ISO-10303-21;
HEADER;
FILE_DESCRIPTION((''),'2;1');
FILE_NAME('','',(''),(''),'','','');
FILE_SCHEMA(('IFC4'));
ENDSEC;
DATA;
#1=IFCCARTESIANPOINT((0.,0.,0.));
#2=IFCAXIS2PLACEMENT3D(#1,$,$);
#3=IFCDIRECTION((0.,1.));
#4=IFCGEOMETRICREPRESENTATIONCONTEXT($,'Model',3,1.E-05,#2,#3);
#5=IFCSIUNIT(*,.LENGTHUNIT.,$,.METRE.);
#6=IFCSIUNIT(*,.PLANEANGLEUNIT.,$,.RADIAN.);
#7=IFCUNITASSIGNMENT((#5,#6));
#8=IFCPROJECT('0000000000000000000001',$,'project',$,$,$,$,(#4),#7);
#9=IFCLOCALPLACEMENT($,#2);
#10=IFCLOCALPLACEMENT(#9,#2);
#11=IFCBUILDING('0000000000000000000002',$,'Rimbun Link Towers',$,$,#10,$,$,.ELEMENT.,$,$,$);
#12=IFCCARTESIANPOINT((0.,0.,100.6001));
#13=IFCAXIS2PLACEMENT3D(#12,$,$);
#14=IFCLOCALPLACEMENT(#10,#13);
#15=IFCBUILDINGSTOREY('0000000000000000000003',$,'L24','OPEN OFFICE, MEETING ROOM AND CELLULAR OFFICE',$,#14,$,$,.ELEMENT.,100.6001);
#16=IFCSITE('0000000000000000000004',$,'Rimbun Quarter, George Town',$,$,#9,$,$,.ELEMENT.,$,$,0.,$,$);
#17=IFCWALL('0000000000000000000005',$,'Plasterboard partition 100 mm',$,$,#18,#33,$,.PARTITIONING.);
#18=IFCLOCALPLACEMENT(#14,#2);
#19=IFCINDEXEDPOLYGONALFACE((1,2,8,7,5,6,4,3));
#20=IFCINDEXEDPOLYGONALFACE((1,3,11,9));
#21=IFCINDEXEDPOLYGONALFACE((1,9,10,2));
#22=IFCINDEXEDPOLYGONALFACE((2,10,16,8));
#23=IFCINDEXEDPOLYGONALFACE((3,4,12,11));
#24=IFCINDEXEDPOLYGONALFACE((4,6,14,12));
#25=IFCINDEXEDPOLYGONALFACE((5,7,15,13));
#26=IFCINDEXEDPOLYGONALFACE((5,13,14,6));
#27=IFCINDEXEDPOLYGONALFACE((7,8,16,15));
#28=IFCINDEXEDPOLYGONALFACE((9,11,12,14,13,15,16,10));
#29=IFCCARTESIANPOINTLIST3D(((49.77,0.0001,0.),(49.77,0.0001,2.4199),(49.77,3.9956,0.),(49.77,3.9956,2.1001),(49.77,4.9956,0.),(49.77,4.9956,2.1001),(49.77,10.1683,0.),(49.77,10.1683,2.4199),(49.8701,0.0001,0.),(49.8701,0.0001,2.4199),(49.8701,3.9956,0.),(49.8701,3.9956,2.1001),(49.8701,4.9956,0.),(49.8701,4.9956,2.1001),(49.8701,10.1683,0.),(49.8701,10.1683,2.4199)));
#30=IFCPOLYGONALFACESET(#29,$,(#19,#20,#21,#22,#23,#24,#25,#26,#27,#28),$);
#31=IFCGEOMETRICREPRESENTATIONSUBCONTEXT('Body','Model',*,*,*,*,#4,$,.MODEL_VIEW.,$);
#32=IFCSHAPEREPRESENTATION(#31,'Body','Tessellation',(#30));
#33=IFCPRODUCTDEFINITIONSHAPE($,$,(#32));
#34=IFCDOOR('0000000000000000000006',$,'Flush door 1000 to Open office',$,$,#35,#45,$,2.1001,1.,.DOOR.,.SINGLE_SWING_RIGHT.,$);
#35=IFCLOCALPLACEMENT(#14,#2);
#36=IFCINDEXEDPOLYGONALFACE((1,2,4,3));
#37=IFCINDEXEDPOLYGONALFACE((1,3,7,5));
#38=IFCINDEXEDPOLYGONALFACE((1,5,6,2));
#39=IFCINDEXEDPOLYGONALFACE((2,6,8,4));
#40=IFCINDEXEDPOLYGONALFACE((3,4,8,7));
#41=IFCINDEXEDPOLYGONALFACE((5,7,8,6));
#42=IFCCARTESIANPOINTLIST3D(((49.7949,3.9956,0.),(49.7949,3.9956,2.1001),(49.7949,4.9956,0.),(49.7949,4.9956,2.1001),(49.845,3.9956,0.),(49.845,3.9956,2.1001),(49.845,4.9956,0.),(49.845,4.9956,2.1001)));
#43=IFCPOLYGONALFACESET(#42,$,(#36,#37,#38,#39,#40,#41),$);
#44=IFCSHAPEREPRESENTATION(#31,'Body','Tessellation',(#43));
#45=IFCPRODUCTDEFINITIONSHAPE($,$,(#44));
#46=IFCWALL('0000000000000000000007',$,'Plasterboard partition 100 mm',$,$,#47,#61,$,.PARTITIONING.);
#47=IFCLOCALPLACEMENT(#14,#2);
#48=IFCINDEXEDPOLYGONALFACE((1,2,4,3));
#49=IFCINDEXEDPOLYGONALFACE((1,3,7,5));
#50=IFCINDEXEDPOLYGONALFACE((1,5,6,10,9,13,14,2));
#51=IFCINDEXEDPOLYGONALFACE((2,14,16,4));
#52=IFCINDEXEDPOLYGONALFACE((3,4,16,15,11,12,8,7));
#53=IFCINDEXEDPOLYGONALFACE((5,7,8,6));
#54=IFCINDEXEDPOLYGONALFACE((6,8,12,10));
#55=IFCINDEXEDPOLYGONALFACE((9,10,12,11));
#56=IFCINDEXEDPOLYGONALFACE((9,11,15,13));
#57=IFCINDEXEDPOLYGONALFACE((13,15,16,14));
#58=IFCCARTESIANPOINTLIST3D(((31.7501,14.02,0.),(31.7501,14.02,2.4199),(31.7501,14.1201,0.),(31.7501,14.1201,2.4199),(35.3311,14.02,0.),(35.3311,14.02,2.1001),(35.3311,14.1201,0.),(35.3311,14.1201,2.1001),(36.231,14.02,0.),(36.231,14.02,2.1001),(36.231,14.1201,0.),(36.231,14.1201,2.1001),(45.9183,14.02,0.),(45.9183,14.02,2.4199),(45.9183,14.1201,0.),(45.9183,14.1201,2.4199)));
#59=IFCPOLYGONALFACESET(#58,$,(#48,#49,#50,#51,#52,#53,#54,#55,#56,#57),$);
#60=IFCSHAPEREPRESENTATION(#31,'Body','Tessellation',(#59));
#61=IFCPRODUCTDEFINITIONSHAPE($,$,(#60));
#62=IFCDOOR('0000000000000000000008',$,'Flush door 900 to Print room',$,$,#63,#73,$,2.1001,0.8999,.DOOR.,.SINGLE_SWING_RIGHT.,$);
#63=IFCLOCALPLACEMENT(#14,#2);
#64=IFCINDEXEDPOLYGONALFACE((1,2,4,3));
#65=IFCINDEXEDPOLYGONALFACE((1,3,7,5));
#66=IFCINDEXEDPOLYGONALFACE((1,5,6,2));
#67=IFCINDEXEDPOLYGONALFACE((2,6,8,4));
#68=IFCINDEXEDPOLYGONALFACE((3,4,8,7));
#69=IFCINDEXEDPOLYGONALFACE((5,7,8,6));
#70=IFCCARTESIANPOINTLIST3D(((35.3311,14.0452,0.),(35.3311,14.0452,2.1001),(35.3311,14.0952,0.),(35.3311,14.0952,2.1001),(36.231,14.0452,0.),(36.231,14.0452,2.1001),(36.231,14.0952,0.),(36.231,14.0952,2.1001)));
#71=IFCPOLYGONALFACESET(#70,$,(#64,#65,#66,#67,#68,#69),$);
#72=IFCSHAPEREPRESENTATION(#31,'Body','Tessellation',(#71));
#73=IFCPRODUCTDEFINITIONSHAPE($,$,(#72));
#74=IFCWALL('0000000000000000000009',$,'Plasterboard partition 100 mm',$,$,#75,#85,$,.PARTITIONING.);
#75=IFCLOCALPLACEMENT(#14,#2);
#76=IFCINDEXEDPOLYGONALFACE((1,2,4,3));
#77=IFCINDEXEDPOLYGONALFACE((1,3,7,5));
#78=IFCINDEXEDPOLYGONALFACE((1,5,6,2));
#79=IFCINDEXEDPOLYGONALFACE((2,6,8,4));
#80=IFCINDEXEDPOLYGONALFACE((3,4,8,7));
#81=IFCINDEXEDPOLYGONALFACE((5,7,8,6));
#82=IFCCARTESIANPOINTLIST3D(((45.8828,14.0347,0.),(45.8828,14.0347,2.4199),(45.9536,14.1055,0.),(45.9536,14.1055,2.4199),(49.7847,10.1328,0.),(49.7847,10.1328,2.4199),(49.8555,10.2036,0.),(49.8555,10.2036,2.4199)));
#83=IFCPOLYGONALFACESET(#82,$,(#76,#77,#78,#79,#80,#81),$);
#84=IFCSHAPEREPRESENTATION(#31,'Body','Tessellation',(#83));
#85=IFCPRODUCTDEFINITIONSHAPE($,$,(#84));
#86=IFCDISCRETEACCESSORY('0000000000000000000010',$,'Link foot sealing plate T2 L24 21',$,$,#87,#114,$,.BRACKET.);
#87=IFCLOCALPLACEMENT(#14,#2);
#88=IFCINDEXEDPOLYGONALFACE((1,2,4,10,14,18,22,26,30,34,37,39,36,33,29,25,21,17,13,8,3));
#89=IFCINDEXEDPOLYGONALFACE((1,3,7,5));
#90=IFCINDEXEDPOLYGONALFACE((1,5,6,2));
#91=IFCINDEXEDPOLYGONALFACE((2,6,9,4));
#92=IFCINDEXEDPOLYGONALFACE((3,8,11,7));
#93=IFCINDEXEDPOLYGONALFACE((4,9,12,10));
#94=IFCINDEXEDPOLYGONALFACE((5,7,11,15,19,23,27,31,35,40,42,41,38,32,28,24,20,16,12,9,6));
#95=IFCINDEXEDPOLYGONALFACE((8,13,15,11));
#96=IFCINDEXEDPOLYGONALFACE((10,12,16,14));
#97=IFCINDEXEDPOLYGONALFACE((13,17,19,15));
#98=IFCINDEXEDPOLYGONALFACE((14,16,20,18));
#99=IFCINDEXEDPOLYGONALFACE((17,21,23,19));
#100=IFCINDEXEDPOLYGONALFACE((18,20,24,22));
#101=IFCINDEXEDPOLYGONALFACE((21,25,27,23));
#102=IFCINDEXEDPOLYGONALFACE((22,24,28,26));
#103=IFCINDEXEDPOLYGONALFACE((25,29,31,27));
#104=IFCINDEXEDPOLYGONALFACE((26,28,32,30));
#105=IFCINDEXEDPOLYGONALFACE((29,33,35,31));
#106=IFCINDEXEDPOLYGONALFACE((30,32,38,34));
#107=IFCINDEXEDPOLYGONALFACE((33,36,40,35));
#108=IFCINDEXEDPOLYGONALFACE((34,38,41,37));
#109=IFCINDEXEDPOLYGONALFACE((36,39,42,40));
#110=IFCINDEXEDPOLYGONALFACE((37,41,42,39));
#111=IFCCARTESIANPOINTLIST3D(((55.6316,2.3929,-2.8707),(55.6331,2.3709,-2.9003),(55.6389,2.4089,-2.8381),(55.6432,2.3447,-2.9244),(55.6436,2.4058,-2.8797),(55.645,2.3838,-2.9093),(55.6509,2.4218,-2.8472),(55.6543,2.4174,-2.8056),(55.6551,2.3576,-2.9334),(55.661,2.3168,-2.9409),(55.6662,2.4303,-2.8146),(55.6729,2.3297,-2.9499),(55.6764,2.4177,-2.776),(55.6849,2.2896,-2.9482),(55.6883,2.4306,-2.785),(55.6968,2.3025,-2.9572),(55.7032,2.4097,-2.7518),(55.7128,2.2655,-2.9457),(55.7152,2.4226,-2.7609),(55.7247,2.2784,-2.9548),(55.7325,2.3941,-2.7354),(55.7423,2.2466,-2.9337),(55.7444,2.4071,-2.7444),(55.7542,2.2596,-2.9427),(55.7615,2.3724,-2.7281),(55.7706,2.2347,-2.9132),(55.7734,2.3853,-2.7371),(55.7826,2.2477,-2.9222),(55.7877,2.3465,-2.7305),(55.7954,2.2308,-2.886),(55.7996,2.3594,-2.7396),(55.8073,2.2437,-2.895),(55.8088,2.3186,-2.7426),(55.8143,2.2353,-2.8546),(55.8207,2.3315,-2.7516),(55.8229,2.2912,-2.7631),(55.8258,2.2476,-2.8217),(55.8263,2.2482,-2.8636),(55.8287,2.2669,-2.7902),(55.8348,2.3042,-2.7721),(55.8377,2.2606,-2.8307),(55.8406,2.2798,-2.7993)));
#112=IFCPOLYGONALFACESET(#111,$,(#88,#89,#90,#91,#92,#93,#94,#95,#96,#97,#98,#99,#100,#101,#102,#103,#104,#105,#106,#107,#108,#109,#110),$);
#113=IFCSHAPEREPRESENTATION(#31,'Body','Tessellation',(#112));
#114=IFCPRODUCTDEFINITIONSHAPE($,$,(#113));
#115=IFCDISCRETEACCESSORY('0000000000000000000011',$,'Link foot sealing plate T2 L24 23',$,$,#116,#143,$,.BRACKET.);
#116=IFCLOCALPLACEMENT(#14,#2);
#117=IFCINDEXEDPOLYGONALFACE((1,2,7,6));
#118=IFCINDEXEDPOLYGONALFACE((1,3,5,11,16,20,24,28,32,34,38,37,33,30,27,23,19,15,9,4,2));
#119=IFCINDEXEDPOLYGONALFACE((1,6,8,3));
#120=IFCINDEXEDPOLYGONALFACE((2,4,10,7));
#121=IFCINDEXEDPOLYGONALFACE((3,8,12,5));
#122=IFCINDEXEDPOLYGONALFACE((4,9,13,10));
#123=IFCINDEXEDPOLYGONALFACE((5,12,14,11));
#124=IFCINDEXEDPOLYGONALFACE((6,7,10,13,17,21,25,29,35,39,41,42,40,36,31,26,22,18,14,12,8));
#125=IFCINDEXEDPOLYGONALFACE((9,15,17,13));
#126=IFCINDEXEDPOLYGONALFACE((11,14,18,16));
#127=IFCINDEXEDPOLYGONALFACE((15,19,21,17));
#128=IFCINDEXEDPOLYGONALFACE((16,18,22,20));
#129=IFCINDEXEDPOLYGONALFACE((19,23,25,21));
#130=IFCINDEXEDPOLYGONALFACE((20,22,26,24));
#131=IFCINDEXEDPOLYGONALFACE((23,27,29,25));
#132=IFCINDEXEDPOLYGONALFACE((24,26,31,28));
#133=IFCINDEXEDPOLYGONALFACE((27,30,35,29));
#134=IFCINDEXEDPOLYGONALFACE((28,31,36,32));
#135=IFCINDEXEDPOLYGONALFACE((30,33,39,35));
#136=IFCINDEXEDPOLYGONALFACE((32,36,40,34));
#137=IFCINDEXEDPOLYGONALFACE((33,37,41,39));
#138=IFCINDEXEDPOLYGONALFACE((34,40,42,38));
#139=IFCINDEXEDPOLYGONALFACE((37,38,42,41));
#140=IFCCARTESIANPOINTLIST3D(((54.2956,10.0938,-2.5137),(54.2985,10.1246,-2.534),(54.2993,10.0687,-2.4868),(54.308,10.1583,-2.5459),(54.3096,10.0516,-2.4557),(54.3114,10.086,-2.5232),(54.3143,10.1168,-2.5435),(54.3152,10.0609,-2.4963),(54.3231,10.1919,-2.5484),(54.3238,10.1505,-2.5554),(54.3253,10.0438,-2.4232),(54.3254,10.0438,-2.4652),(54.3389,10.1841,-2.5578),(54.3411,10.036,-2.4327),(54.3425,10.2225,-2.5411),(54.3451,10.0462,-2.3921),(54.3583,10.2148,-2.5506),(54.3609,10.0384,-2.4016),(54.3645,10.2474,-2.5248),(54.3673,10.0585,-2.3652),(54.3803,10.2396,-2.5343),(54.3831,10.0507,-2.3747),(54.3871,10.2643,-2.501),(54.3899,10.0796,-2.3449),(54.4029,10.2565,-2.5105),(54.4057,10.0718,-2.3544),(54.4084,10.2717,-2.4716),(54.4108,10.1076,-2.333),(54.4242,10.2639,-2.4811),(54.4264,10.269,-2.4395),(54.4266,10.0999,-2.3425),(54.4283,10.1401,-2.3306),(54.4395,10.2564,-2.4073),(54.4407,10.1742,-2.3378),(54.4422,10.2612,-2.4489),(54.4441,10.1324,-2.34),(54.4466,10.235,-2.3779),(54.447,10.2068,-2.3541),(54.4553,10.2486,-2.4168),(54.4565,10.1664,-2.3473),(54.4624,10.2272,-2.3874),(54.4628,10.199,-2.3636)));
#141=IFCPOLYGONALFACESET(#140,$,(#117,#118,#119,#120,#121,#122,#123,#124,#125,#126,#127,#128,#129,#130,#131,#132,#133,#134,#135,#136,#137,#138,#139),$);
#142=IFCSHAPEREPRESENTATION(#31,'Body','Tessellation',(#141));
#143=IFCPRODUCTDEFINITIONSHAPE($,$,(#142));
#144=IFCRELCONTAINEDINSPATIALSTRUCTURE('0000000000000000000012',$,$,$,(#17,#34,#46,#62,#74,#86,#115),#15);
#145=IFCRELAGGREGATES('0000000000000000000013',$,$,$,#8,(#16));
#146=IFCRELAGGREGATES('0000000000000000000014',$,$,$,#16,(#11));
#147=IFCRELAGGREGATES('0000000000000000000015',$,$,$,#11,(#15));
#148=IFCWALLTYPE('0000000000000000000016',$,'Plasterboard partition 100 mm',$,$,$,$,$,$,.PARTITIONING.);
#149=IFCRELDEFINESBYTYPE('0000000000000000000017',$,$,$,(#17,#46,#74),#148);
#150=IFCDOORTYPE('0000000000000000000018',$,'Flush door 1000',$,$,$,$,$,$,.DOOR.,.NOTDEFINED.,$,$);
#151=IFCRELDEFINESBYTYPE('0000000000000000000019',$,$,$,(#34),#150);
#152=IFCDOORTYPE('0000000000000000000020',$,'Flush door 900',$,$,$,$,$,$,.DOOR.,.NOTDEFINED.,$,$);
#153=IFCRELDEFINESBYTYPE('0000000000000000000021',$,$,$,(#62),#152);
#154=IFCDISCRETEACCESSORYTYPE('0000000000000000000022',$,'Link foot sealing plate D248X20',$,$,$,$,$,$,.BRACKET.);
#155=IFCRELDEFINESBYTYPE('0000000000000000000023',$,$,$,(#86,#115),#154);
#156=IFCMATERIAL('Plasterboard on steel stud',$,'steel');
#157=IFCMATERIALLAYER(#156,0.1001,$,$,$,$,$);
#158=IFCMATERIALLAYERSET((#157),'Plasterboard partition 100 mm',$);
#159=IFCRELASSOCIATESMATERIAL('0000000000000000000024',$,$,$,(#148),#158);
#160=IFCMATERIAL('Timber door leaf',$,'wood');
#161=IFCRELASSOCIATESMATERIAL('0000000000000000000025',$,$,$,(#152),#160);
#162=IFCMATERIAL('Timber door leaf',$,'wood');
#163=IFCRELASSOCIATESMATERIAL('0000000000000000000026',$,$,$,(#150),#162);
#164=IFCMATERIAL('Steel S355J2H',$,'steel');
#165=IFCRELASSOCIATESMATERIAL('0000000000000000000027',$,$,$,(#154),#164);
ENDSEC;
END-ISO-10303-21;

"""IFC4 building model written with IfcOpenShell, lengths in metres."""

from ifc_helpers import new_model, si_unit, direction, frame, frame_2d, origin, origin_2d, place, context, subcontext, project, spatial, rectangle, circle, extrude, material, layer, layer_set, material_profile, profile_set, type_object, element, fill, save


model = new_model("IFC4")

# Units and contexts
model_context = context("Model", 3, precision=1e-05, world=origin(), true_north=direction((0.0, 1.0)))
body_context = subcontext(model_context, "Body", "Model", "MODEL_VIEW")
ifc_project = project(units=[si_unit("LENGTHUNIT", "METRE"), si_unit("PLANEANGLEUNIT", "RADIAN")], contexts=[model_context])

# Site, building, storey
site_placement = place(None, origin())
site = spatial("IfcSite", under=ifc_project, at=site_placement, Name="Rimbun Quarter, George Town", CompositionType="ELEMENT", RefElevation=0.0)
building_placement = place(site_placement, origin())
building = spatial("IfcBuilding", under=site, at=building_placement, Name="Rimbun Link Towers", CompositionType="ELEMENT")
storey_placement = place(building_placement, frame((0.0, 0.0, 100.6001)))
storey = spatial("IfcBuildingStorey", under=building, at=storey_placement, Name="L24", Description="OPEN OFFICE, MEETING ROOM AND CELLULAR OFFICE", CompositionType="ELEMENT", Elevation=100.6001)

# Walls, openings, doors
ifc_material_1 = material(Name="Plasterboard on steel stud", Category="steel")
ifc_layer_1 = layer(ifc_material_1, 0.1001)
ifc_layer_set_1 = layer_set([ifc_layer_1], Name="Plasterboard partition 100 mm")
wall_type_1 = type_object("IfcWallType", Name="Plasterboard partition 100 mm", PredefinedType="PARTITIONING", material=ifc_layer_set_1)
ifc_material_2 = material(Name="Timber door leaf", Category="wood")
door_type_1 = type_object("IfcDoorType", Name="Flush door 900", OperationType="NOTDEFINED", PredefinedType="DOOR", material=ifc_material_2)
wall_1_placement = place(storey_placement, frame((49.8201, 10.1682, 0.0), z_axis=(0.0, 0.0, 1.0), x_axis=(0.0, -1.0, 0.0)))
wall_1 = element("IfcWall", 1, at=wall_1_placement, inside=storey, type_object=wall_type_1, Name="Plasterboard partition 100 mm", PredefinedType="PARTITIONING", context=body_context, shape_type="SweptSolid", body=[
    extrude(rectangle(XDim=10.1682, YDim=0.1001, at=frame_2d((5.084, 0.0))), origin(), (0.0, 0.0, 1.0), 2.4199),
])
opening_1_placement = place(wall_1_placement, frame((5.1726, 0.0, 0.0)))
opening_1 = element("IfcOpeningElement", 2, at=opening_1_placement, cuts=wall_1, PredefinedType="OPENING", context=body_context, shape_type="SweptSolid", body=[
    extrude(rectangle(XDim=1.0, YDim=2.1001, at=frame_2d((0.5, 1.05))), frame((0.0, 0.0601, 0.0), z_axis=(0.0, -1.0, 0.0), x_axis=(1.0, 0.0, 0.0)), (0.0, 0.0, 1.0), 0.1201),
])
ifc_material_3 = material(Name="Timber door leaf", Category="wood")
door_type_2 = type_object("IfcDoorType", Name="Flush door 1000", OperationType="NOTDEFINED", PredefinedType="DOOR", material=ifc_material_3)
door_1_placement = place(opening_1_placement, origin())
door_1 = element("IfcDoor", 3, at=door_1_placement, inside=storey, type_object=door_type_2, Name="Flush door 1000 to Open office", OperationType="SINGLE_SWING_RIGHT", OverallHeight=2.1001, OverallWidth=1.0, PredefinedType="DOOR", context=body_context, shape_type="SweptSolid", body=[
    extrude(rectangle(XDim=1.0, YDim=2.1001, at=frame_2d((0.5, 1.05))), frame((0.0, 0.0249, 0.0), z_axis=(0.0, -1.0, 0.0), x_axis=(1.0, 0.0, 0.0)), (0.0, 0.0, 1.0), 0.05),
])
fill(opening_1, door_1)
wall_2_placement = place(storey_placement, frame((45.9182, 14.0701, 0.0), z_axis=(0.0, 0.0, 1.0), x_axis=(-1.0, 0.0, 0.0)))
wall_2 = element("IfcWall", 4, at=wall_2_placement, inside=storey, type_object=wall_type_1, Name="Plasterboard partition 100 mm", PredefinedType="PARTITIONING", context=body_context, shape_type="SweptSolid", body=[
    extrude(rectangle(XDim=14.1682, YDim=0.1001, at=frame_2d((7.084, 0.0))), origin(), (0.0, 0.0, 1.0), 2.4199),
])
opening_2_placement = place(wall_2_placement, frame((9.6873, 0.0, 0.0)))
opening_2 = element("IfcOpeningElement", 5, at=opening_2_placement, cuts=wall_2, PredefinedType="OPENING", context=body_context, shape_type="SweptSolid", body=[
    extrude(rectangle(XDim=0.8999, YDim=2.1001, at=frame_2d((0.45, 1.05))), frame((0.0, 0.0601, 0.0), z_axis=(0.0, -1.0, 0.0), x_axis=(1.0, 0.0, 0.0)), (0.0, 0.0, 1.0), 0.1201),
])
door_2_placement = place(opening_2_placement, origin())
door_2 = element("IfcDoor", 6, at=door_2_placement, inside=storey, type_object=door_type_1, Name="Flush door 900 to Print room", OperationType="SINGLE_SWING_RIGHT", OverallHeight=2.1001, OverallWidth=0.8999, PredefinedType="DOOR", context=body_context, shape_type="SweptSolid", body=[
    extrude(rectangle(XDim=0.8999, YDim=2.1001, at=frame_2d((0.45, 1.05))), frame((0.0, 0.0249, 0.0), z_axis=(0.0, -1.0, 0.0), x_axis=(1.0, 0.0, 0.0)), (0.0, 0.0, 1.0), 0.05),
])
fill(opening_2, door_2)

# Wall
wall_3_placement = place(storey_placement, frame((49.8201, 10.1682, 0.0), z_axis=(0.0, 0.0, 1.0), x_axis=(-0.707107, 0.707107, 0.0)))
element("IfcWall", 7, at=wall_3_placement, inside=storey, type_object=wall_type_1, Name="Plasterboard partition 100 mm", PredefinedType="PARTITIONING", context=body_context, shape_type="SweptSolid", body=[
    extrude(rectangle(XDim=5.5181, YDim=0.1001, at=frame_2d((2.759, 0.0))), origin(), (0.0, 0.0, 1.0), 2.4199),
])

# Discrete accessories
ifc_material_4 = material(Name="Steel S355J2H", Category="steel")
ifc_material_profile_1 = material_profile(ifc_material_4, circle(Radius=0.124, at=origin_2d()), Name="PL D248")
ifc_profile_set_1 = profile_set([ifc_material_profile_1], Name="Steel S355J2H")
discrete_accessory_type = type_object("IfcDiscreteAccessoryType", Name="Link foot sealing plate D248X20", PredefinedType="BRACKET", material=ifc_profile_set_1)
discrete_accessory_1_placement = place(storey_placement, frame((55.73, 2.3247, -2.8381), z_axis=(0.60411, 0.653425, -0.456165), x_axis=(-0.734272, 0.678855, 0.0)))
element("IfcDiscreteAccessory", 8, at=discrete_accessory_1_placement, inside=storey, type_object=discrete_accessory_type, Name="Link foot sealing plate T2 L24 21", PredefinedType="BRACKET", context=body_context, shape_type="SweptSolid", body=[
    extrude(circle(Radius=0.124, at=origin_2d()), origin(), (0.0, 0.0, 1.0), 0.0198),
])
discrete_accessory_2_placement = place(storey_placement, frame((54.3716, 10.1577, -2.4395), z_axis=(0.789985, -0.388916, -0.473991), x_axis=(0.441684, 0.897171, 0.0)))
element("IfcDiscreteAccessory", 9, at=discrete_accessory_2_placement, inside=storey, type_object=discrete_accessory_type, Name="Link foot sealing plate T2 L24 23", PredefinedType="BRACKET", context=body_context, shape_type="SweptSolid", body=[
    extrude(circle(Radius=0.124, at=origin_2d()), origin(), (0.0, 0.0, 1.0), 0.02),
])

save(model, "model.ifc")
